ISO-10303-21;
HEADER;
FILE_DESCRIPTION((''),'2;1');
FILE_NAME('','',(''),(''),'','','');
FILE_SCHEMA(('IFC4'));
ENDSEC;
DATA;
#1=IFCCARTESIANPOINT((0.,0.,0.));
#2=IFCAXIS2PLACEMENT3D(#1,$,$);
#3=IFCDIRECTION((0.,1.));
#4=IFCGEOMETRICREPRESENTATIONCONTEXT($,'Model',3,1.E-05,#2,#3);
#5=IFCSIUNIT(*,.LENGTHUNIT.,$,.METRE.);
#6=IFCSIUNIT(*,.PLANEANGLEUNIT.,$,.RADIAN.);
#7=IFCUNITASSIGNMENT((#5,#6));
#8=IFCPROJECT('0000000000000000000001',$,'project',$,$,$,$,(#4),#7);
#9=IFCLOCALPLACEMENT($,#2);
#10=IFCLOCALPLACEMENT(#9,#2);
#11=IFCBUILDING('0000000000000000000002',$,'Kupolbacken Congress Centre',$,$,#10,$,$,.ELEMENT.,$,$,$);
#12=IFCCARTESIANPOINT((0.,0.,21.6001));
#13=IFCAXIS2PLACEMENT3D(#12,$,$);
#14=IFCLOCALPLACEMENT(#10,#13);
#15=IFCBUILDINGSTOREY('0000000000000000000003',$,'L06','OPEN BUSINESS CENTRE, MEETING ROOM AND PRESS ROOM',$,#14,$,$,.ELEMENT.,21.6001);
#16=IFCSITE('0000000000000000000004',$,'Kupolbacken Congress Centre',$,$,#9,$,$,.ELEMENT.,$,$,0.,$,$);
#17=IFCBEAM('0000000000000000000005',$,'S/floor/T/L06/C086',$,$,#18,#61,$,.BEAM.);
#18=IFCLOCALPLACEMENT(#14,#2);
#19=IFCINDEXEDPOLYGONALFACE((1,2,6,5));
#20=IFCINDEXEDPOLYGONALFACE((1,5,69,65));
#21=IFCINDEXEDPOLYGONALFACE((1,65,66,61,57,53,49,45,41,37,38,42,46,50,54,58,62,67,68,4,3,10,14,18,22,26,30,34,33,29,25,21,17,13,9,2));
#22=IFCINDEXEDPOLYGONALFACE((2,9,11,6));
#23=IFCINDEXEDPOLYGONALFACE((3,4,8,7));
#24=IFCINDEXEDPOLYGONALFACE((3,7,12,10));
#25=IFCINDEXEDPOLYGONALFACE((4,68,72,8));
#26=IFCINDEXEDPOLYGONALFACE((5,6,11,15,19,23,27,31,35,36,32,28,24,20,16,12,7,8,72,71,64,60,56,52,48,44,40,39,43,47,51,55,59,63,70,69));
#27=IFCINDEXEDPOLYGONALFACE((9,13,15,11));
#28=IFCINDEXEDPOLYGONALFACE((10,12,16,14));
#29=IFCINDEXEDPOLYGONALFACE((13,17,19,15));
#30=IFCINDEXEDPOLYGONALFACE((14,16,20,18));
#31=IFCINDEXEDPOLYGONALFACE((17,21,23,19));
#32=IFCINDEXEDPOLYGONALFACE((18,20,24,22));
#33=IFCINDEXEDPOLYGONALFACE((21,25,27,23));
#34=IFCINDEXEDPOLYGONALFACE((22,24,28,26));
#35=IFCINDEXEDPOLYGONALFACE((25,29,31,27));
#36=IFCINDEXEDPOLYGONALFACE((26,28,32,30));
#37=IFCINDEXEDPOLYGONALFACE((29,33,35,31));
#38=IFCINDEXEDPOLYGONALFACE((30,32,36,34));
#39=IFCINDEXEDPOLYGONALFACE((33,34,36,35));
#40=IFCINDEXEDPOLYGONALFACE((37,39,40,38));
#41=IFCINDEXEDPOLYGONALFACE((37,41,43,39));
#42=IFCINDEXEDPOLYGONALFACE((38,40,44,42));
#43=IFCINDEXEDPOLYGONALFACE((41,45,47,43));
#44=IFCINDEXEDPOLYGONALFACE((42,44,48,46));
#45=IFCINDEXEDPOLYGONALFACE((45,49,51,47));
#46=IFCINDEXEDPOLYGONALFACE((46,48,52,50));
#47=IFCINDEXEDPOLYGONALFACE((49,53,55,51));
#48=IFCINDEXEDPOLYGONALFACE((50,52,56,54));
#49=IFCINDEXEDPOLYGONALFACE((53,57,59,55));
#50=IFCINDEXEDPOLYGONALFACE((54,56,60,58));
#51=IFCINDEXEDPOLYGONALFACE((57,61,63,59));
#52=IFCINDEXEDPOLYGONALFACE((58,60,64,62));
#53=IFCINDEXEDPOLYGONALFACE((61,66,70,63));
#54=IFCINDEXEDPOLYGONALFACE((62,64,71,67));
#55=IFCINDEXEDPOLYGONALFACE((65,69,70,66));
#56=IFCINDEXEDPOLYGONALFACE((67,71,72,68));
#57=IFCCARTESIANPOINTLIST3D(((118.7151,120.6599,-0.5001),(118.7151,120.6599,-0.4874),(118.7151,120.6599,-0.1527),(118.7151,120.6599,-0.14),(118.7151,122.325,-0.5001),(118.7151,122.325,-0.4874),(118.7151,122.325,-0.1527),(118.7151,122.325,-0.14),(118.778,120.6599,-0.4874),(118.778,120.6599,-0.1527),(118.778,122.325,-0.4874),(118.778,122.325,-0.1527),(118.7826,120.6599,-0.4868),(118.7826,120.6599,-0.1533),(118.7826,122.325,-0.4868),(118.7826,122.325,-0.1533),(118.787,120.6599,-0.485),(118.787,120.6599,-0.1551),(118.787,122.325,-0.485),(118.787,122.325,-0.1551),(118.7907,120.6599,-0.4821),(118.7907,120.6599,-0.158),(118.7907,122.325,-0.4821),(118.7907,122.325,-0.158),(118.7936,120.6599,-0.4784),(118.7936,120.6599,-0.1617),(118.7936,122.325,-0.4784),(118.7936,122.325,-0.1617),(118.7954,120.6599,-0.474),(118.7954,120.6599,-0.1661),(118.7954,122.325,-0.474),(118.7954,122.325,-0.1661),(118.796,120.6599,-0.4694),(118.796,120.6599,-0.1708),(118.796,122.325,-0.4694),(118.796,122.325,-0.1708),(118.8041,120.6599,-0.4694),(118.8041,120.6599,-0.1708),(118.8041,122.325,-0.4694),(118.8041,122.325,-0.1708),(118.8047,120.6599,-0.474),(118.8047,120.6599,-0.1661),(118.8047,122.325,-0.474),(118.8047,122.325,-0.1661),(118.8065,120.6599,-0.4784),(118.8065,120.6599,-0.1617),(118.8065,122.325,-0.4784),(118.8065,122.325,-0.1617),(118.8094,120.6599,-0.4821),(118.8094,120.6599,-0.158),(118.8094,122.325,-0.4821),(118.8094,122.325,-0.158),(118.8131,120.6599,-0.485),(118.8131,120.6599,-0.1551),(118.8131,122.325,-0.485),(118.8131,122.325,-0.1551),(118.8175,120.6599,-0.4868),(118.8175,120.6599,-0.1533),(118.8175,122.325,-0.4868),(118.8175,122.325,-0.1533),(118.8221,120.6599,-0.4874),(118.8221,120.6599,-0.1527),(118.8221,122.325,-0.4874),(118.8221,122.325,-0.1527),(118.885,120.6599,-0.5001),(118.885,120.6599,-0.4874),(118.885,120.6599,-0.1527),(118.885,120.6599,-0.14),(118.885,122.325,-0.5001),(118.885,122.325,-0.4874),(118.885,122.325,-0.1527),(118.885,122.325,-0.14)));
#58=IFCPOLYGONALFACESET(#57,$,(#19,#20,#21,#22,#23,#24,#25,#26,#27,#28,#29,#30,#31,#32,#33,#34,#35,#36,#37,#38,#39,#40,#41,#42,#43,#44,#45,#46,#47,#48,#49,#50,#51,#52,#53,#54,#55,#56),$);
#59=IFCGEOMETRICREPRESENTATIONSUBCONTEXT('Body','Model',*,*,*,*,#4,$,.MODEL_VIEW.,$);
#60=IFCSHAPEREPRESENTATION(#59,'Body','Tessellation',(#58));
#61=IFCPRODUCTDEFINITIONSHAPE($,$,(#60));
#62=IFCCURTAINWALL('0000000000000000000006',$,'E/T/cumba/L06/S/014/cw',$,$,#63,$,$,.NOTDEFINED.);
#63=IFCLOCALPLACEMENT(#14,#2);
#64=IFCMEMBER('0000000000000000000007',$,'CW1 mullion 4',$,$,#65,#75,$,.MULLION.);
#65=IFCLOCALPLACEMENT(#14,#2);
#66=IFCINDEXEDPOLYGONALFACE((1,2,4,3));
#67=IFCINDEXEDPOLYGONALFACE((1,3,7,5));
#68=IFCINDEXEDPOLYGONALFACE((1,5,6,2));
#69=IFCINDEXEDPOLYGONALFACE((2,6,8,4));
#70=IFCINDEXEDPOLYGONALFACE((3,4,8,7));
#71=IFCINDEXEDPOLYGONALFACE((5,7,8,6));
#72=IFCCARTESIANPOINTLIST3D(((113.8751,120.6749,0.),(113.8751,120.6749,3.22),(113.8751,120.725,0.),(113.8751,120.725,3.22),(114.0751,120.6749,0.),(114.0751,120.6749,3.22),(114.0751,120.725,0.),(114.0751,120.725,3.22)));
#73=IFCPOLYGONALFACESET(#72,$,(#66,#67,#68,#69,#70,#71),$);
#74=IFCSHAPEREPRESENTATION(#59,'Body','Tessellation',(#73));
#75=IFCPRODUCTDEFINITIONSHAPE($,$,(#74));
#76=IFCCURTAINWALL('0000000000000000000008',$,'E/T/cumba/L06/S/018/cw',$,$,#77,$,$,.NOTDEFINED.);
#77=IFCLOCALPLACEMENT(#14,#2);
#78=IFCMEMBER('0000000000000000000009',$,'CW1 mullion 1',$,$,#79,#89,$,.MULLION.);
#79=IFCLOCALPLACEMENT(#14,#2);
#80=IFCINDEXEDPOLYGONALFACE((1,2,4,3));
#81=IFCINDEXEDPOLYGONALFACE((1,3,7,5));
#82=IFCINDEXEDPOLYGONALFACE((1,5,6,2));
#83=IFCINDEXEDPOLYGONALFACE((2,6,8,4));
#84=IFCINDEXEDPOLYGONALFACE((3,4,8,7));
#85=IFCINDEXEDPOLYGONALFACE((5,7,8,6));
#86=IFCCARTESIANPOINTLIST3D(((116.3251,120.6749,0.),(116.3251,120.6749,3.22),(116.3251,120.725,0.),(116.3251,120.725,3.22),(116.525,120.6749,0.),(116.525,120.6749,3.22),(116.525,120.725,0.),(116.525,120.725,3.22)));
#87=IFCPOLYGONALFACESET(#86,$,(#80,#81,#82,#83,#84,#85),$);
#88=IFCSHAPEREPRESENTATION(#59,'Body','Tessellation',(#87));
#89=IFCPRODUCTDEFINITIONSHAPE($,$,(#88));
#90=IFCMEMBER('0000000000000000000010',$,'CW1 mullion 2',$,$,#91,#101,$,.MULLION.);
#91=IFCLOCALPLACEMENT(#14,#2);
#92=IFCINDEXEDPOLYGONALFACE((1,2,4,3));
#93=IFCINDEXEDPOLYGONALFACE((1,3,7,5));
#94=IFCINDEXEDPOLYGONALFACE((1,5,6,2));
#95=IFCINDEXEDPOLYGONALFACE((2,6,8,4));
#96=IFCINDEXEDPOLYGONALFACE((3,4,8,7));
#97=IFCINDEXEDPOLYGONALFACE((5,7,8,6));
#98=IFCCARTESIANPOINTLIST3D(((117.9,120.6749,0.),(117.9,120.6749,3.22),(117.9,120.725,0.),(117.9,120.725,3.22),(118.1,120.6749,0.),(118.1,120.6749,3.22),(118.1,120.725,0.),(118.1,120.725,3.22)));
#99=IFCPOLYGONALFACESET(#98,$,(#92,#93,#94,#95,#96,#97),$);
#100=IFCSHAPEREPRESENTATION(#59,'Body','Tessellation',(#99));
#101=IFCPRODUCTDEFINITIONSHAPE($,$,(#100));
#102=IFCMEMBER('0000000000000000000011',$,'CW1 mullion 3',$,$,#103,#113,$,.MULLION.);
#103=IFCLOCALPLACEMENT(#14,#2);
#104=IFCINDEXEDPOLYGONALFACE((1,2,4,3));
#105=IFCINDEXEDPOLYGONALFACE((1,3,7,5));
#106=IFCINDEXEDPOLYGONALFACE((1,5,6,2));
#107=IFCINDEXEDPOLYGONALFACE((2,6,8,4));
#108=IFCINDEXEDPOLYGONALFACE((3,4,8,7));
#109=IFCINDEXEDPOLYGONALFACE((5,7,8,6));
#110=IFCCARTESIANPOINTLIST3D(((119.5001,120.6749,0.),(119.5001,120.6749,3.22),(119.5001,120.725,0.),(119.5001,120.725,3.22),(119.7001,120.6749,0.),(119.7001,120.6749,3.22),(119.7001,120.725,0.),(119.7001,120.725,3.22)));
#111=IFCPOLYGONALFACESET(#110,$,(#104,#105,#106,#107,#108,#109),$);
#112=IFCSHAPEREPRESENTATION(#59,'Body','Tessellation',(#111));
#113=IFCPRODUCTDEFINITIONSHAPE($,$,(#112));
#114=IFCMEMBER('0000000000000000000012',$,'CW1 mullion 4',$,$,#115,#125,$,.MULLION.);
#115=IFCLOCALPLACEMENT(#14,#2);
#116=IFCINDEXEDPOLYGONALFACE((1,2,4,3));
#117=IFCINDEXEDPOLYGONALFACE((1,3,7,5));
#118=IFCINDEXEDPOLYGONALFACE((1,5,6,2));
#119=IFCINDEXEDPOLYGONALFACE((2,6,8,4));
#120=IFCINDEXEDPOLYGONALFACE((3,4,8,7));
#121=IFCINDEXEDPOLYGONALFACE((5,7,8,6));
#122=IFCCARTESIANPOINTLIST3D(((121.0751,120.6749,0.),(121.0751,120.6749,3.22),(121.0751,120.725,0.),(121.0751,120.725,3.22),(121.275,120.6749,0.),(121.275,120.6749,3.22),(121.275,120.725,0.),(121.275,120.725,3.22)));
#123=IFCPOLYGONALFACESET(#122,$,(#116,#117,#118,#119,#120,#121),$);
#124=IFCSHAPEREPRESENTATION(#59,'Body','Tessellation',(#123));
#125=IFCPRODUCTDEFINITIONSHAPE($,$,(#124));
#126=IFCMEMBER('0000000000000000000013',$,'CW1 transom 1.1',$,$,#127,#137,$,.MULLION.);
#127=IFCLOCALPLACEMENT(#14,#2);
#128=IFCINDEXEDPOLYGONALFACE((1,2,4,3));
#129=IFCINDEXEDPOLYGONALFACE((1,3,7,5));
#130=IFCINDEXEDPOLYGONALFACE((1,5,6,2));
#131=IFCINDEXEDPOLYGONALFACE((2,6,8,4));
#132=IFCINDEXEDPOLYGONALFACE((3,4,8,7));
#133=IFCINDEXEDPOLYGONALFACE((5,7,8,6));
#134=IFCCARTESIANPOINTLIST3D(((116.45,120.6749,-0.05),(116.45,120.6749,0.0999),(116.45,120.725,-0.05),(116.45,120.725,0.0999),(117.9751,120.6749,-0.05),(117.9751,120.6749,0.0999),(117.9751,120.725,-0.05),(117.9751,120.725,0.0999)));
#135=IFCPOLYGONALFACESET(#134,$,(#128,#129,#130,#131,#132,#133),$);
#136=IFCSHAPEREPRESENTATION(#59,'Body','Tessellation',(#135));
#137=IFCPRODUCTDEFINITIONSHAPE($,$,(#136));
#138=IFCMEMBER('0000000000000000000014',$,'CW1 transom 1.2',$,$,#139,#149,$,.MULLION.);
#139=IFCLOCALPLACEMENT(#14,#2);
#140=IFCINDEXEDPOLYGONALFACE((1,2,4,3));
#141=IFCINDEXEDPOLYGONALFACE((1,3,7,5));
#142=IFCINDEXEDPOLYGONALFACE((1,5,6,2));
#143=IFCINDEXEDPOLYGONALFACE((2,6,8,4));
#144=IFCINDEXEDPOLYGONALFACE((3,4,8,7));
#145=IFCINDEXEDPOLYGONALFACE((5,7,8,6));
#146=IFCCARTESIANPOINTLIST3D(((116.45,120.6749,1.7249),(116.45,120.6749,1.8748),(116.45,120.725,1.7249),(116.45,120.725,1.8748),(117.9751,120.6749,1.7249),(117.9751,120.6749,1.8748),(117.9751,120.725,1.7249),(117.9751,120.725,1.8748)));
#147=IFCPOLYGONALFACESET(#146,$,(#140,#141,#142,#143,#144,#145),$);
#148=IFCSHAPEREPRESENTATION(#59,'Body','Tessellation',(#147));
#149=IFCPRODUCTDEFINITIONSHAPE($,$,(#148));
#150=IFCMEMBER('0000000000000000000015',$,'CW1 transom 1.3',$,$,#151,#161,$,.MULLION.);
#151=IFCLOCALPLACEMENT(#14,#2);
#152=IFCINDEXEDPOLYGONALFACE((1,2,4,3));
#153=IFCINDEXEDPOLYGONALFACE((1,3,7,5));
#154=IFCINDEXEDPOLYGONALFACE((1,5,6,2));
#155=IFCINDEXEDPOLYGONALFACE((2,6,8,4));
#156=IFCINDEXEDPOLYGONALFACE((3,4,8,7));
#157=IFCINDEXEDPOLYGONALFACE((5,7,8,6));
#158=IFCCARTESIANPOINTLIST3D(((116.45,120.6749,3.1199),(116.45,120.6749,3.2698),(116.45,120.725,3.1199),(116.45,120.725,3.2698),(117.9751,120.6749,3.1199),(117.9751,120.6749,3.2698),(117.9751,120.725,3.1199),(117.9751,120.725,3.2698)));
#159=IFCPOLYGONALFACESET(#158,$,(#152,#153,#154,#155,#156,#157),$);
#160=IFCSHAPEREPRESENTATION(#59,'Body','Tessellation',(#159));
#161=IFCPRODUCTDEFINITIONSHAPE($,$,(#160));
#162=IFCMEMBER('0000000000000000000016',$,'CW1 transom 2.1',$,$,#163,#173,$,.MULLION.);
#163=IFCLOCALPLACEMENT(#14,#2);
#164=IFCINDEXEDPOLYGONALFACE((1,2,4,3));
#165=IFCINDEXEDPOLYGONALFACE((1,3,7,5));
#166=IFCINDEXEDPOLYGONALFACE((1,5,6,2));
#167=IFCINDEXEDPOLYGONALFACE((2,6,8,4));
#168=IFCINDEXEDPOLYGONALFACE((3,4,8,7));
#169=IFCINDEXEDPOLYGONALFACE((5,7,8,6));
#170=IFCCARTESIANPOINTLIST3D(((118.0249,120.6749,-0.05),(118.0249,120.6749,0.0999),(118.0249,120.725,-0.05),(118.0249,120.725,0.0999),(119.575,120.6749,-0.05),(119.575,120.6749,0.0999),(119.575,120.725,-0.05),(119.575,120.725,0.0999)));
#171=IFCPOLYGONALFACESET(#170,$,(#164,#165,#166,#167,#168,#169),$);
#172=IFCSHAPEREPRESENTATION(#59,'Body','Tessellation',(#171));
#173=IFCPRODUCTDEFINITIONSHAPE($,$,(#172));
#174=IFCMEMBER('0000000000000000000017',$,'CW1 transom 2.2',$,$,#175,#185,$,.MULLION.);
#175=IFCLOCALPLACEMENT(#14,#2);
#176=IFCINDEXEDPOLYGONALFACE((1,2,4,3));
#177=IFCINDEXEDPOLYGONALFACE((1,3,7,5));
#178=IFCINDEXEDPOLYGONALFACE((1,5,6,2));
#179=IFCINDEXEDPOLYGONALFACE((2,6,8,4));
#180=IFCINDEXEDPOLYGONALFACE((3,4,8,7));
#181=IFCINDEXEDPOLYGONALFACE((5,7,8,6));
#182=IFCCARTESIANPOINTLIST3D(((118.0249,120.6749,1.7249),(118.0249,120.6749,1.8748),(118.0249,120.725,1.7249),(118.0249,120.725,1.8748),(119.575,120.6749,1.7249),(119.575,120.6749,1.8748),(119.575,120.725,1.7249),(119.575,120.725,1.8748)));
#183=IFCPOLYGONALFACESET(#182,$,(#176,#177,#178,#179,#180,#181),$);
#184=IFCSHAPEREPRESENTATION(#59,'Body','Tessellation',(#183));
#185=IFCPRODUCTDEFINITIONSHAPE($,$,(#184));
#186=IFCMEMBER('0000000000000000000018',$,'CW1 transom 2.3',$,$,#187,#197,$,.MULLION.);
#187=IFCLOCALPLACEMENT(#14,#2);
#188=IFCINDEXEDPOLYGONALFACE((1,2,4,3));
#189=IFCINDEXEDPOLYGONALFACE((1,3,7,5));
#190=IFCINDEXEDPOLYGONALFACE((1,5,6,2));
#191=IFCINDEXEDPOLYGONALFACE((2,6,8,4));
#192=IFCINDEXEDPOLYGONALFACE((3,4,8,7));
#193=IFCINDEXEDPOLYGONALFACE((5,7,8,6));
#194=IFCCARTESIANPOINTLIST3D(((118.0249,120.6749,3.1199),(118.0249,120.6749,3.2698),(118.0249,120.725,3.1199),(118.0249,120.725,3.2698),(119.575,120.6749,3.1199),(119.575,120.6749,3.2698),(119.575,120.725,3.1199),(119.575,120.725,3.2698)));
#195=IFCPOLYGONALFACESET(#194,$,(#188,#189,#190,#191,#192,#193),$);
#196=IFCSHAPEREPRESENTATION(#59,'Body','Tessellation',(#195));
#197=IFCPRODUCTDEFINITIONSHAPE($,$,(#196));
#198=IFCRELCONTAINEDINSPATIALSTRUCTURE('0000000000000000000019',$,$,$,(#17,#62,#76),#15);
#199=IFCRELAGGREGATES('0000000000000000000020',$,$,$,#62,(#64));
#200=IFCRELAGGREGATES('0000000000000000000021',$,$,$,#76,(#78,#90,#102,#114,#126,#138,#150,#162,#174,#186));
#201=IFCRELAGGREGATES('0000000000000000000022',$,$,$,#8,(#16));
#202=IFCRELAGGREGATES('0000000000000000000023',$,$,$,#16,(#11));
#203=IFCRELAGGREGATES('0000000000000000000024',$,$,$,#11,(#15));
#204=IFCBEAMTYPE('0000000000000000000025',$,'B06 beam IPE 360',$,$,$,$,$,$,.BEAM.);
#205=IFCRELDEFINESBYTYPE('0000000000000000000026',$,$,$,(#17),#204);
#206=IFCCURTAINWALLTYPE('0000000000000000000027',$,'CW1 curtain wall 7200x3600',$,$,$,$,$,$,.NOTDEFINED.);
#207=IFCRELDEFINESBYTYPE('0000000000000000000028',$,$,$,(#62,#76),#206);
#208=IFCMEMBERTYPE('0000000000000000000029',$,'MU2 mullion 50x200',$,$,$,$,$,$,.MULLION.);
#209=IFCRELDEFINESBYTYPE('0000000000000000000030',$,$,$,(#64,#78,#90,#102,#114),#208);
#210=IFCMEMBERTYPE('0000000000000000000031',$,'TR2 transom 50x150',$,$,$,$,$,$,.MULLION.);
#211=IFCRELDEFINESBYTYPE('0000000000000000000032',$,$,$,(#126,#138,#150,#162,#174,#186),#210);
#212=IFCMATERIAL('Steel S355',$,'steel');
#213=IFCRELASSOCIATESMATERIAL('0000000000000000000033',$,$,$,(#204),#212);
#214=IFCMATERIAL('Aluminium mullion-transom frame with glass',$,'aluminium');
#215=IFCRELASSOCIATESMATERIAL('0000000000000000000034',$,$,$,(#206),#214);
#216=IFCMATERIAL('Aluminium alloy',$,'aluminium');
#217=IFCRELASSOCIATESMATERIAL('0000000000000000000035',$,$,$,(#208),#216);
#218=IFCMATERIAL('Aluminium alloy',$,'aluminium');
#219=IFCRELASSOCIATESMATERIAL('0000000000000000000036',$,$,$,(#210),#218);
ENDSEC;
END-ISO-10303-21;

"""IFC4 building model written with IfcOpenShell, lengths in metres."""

from ifc_helpers import new_model, si_unit, direction, frame, origin, origin_2d, place, context, subcontext, project, spatial, rectangle, i_section, extrude, material, material_profile, profile_set, type_object, element, aggregate, save


model = new_model("IFC4")

# Units and contexts
model_context = context("Model", 3, precision=1e-05, world=origin(), true_north=direction((0.0, 1.0)))
body_context = subcontext(model_context, "Body", "Model", "MODEL_VIEW")
ifc_project = project(units=[si_unit("LENGTHUNIT", "METRE"), si_unit("PLANEANGLEUNIT", "RADIAN")], contexts=[model_context])

# Site, building, storey
site_placement = place(None, origin())
site = spatial("IfcSite", under=ifc_project, at=site_placement, Name="Kupolbacken Congress Centre", CompositionType="ELEMENT", RefElevation=0.0)
building_placement = place(site_placement, origin())
building = spatial("IfcBuilding", under=site, at=building_placement, Name="Kupolbacken Congress Centre", CompositionType="ELEMENT")
storey_placement = place(building_placement, frame((0.0, 0.0, 21.6001)))
storey = spatial("IfcBuildingStorey", under=building, at=storey_placement, Name="L06", Description="OPEN BUSINESS CENTRE, MEETING ROOM AND PRESS ROOM", CompositionType="ELEMENT", Elevation=21.6001)

# Beam
ifc_material_1 = material(Name="Steel S355", Category="steel")
ifc_material_profile_1 = material_profile(ifc_material_1, i_section(OverallWidth=0.1699, OverallDepth=0.3601, WebThickness=0.0081, FlangeThickness=0.0127, FilletRadius=0.0181, at=origin_2d()), Name="IPE 360")
ifc_profile_set_1 = profile_set([ifc_material_profile_1], Name="Steel S355")
beam_type = type_object("IfcBeamType", Name="B06 beam IPE 360", PredefinedType="BEAM", material=ifc_profile_set_1)
beam_placement = place(storey_placement, frame((118.8, 122.325, -0.3201), z_axis=(0.0, -1.0, 0.0), x_axis=(1.0, 0.0, 0.0)))
element("IfcBeam", 1, at=beam_placement, inside=storey, type_object=beam_type, Name="S/floor/T/L06/C086", PredefinedType="BEAM", context=body_context, shape_type="SweptSolid", body=[
    extrude(i_section(OverallWidth=0.1699, OverallDepth=0.3601, WebThickness=0.0081, FlangeThickness=0.0127, FilletRadius=0.0181, at=origin_2d()), origin(), (0.0, 0.0, 1.0), 1.665),
])

# Curtain wall, member
ifc_material_2 = material(Name="Aluminium mullion-transom frame with glass", Category="aluminium")
curtain_wall_type = type_object("IfcCurtainWallType", Name="CW1 curtain wall 7200x3600", PredefinedType="NOTDEFINED", material=ifc_material_2)
curtain_wall_1_placement = place(storey_placement, origin())
curtain_wall_1 = element("IfcCurtainWall", 2, at=curtain_wall_1_placement, inside=storey, type_object=curtain_wall_type, Name="E/T/cumba/L06/S/014/cw", PredefinedType="NOTDEFINED")
ifc_material_3 = material(Name="Aluminium alloy", Category="aluminium")
ifc_material_profile_2 = material_profile(ifc_material_3, rectangle(XDim=0.05, YDim=0.2, at=origin_2d()), Name="50 x 200")
ifc_profile_set_2 = profile_set([ifc_material_profile_2], Name="Aluminium alloy")
member_type_1 = type_object("IfcMemberType", Name="MU2 mullion 50x200", PredefinedType="MULLION", material=ifc_profile_set_2)
member_1_placement = place(storey_placement, frame((113.9751, 120.7, 0.0), z_axis=(0.0, 0.0, 1.0), x_axis=(0.0, 1.0, 0.0)))
member_1 = element("IfcMember", 3, at=member_1_placement, type_object=member_type_1, Name="CW1 mullion 4", PredefinedType="MULLION", context=body_context, shape_type="SweptSolid", body=[
    extrude(rectangle(XDim=0.05, YDim=0.2, at=origin_2d()), origin(), (0.0, 0.0, 1.0), 3.22),
])

# Curtain wall, members
curtain_wall_2_placement = place(storey_placement, origin())
curtain_wall_2 = element("IfcCurtainWall", 4, at=curtain_wall_2_placement, inside=storey, type_object=curtain_wall_type, Name="E/T/cumba/L06/S/018/cw", PredefinedType="NOTDEFINED")
member_2_placement = place(storey_placement, frame((116.425, 120.7, 0.0), z_axis=(0.0, 0.0, 1.0), x_axis=(0.0, 1.0, 0.0)))
member_2 = element("IfcMember", 5, at=member_2_placement, type_object=member_type_1, Name="CW1 mullion 1", PredefinedType="MULLION", context=body_context, shape_type="SweptSolid", body=[
    extrude(rectangle(XDim=0.05, YDim=0.2, at=origin_2d()), origin(), (0.0, 0.0, 1.0), 3.22),
])
member_3_placement = place(storey_placement, frame((118.0, 120.7, 0.0), z_axis=(0.0, 0.0, 1.0), x_axis=(0.0, 1.0, 0.0)))
member_3 = element("IfcMember", 6, at=member_3_placement, type_object=member_type_1, Name="CW1 mullion 2", PredefinedType="MULLION", context=body_context, shape_type="SweptSolid", body=[
    extrude(rectangle(XDim=0.05, YDim=0.2, at=origin_2d()), origin(), (0.0, 0.0, 1.0), 3.22),
])
member_4_placement = place(storey_placement, frame((119.6001, 120.7, 0.0), z_axis=(0.0, 0.0, 1.0), x_axis=(0.0, 1.0, 0.0)))
member_4 = element("IfcMember", 7, at=member_4_placement, type_object=member_type_1, Name="CW1 mullion 3", PredefinedType="MULLION", context=body_context, shape_type="SweptSolid", body=[
    extrude(rectangle(XDim=0.05, YDim=0.2, at=origin_2d()), origin(), (0.0, 0.0, 1.0), 3.22),
])
member_5_placement = place(storey_placement, frame((121.175, 120.7, 0.0), z_axis=(0.0, 0.0, 1.0), x_axis=(0.0, 1.0, 0.0)))
member_5 = element("IfcMember", 8, at=member_5_placement, type_object=member_type_1, Name="CW1 mullion 4", PredefinedType="MULLION", context=body_context, shape_type="SweptSolid", body=[
    extrude(rectangle(XDim=0.05, YDim=0.2, at=origin_2d()), origin(), (0.0, 0.0, 1.0), 3.22),
])
ifc_material_4 = material(Name="Aluminium alloy", Category="aluminium")
ifc_material_profile_3 = material_profile(ifc_material_4, rectangle(XDim=0.05, YDim=0.1499, at=origin_2d()), Name="50 x 150")
ifc_profile_set_3 = profile_set([ifc_material_profile_3], Name="Aluminium alloy")
member_type_2 = type_object("IfcMemberType", Name="TR2 transom 50x150", PredefinedType="MULLION", material=ifc_profile_set_3)
member_6_placement = place(storey_placement, frame((116.45, 120.7, 0.0249), z_axis=(1.0, 0.0, 0.0), x_axis=(0.0, 1.0, 0.0)))
member_6 = element("IfcMember", 9, at=member_6_placement, type_object=member_type_2, Name="CW1 transom 1.1", PredefinedType="MULLION", context=body_context, shape_type="SweptSolid", body=[
    extrude(rectangle(XDim=0.05, YDim=0.1499, at=origin_2d()), origin(), (0.0, 0.0, 1.0), 1.5251),
])
member_7_placement = place(storey_placement, frame((116.45, 120.7, 1.7998), z_axis=(1.0, 0.0, 0.0), x_axis=(0.0, 1.0, 0.0)))
member_7 = element("IfcMember", 10, at=member_7_placement, type_object=member_type_2, Name="CW1 transom 1.2", PredefinedType="MULLION", context=body_context, shape_type="SweptSolid", body=[
    extrude(rectangle(XDim=0.05, YDim=0.1499, at=origin_2d()), origin(), (0.0, 0.0, 1.0), 1.5251),
])
member_8_placement = place(storey_placement, frame((116.45, 120.7, 3.1948), z_axis=(1.0, 0.0, 0.0), x_axis=(0.0, 1.0, 0.0)))
member_8 = element("IfcMember", 11, at=member_8_placement, type_object=member_type_2, Name="CW1 transom 1.3", PredefinedType="MULLION", context=body_context, shape_type="SweptSolid", body=[
    extrude(rectangle(XDim=0.05, YDim=0.1499, at=origin_2d()), origin(), (0.0, 0.0, 1.0), 1.5251),
])
member_9_placement = place(storey_placement, frame((118.0249, 120.7, 0.0249), z_axis=(1.0, 0.0, 0.0), x_axis=(0.0, 1.0, 0.0)))
member_9 = element("IfcMember", 12, at=member_9_placement, type_object=member_type_2, Name="CW1 transom 2.1", PredefinedType="MULLION", context=body_context, shape_type="SweptSolid", body=[
    extrude(rectangle(XDim=0.05, YDim=0.1499, at=origin_2d()), origin(), (0.0, 0.0, 1.0), 1.55),
])
member_10_placement = place(storey_placement, frame((118.0249, 120.7, 1.7998), z_axis=(1.0, 0.0, 0.0), x_axis=(0.0, 1.0, 0.0)))
member_10 = element("IfcMember", 13, at=member_10_placement, type_object=member_type_2, Name="CW1 transom 2.2", PredefinedType="MULLION", context=body_context, shape_type="SweptSolid", body=[
    extrude(rectangle(XDim=0.05, YDim=0.1499, at=origin_2d()), origin(), (0.0, 0.0, 1.0), 1.55),
])
member_11_placement = place(storey_placement, frame((118.0249, 120.7, 3.1948), z_axis=(1.0, 0.0, 0.0), x_axis=(0.0, 1.0, 0.0)))
member_11 = element("IfcMember", 14, at=member_11_placement, type_object=member_type_2, Name="CW1 transom 2.3", PredefinedType="MULLION", context=body_context, shape_type="SweptSolid", body=[
    extrude(rectangle(XDim=0.05, YDim=0.1499, at=origin_2d()), origin(), (0.0, 0.0, 1.0), 1.55),
])

aggregate(curtain_wall_1, [member_1])
aggregate(curtain_wall_2, [member_2, member_3, member_4, member_5, member_6, member_7, member_8, member_9, member_10, member_11])

save(model, "model.ifc")
